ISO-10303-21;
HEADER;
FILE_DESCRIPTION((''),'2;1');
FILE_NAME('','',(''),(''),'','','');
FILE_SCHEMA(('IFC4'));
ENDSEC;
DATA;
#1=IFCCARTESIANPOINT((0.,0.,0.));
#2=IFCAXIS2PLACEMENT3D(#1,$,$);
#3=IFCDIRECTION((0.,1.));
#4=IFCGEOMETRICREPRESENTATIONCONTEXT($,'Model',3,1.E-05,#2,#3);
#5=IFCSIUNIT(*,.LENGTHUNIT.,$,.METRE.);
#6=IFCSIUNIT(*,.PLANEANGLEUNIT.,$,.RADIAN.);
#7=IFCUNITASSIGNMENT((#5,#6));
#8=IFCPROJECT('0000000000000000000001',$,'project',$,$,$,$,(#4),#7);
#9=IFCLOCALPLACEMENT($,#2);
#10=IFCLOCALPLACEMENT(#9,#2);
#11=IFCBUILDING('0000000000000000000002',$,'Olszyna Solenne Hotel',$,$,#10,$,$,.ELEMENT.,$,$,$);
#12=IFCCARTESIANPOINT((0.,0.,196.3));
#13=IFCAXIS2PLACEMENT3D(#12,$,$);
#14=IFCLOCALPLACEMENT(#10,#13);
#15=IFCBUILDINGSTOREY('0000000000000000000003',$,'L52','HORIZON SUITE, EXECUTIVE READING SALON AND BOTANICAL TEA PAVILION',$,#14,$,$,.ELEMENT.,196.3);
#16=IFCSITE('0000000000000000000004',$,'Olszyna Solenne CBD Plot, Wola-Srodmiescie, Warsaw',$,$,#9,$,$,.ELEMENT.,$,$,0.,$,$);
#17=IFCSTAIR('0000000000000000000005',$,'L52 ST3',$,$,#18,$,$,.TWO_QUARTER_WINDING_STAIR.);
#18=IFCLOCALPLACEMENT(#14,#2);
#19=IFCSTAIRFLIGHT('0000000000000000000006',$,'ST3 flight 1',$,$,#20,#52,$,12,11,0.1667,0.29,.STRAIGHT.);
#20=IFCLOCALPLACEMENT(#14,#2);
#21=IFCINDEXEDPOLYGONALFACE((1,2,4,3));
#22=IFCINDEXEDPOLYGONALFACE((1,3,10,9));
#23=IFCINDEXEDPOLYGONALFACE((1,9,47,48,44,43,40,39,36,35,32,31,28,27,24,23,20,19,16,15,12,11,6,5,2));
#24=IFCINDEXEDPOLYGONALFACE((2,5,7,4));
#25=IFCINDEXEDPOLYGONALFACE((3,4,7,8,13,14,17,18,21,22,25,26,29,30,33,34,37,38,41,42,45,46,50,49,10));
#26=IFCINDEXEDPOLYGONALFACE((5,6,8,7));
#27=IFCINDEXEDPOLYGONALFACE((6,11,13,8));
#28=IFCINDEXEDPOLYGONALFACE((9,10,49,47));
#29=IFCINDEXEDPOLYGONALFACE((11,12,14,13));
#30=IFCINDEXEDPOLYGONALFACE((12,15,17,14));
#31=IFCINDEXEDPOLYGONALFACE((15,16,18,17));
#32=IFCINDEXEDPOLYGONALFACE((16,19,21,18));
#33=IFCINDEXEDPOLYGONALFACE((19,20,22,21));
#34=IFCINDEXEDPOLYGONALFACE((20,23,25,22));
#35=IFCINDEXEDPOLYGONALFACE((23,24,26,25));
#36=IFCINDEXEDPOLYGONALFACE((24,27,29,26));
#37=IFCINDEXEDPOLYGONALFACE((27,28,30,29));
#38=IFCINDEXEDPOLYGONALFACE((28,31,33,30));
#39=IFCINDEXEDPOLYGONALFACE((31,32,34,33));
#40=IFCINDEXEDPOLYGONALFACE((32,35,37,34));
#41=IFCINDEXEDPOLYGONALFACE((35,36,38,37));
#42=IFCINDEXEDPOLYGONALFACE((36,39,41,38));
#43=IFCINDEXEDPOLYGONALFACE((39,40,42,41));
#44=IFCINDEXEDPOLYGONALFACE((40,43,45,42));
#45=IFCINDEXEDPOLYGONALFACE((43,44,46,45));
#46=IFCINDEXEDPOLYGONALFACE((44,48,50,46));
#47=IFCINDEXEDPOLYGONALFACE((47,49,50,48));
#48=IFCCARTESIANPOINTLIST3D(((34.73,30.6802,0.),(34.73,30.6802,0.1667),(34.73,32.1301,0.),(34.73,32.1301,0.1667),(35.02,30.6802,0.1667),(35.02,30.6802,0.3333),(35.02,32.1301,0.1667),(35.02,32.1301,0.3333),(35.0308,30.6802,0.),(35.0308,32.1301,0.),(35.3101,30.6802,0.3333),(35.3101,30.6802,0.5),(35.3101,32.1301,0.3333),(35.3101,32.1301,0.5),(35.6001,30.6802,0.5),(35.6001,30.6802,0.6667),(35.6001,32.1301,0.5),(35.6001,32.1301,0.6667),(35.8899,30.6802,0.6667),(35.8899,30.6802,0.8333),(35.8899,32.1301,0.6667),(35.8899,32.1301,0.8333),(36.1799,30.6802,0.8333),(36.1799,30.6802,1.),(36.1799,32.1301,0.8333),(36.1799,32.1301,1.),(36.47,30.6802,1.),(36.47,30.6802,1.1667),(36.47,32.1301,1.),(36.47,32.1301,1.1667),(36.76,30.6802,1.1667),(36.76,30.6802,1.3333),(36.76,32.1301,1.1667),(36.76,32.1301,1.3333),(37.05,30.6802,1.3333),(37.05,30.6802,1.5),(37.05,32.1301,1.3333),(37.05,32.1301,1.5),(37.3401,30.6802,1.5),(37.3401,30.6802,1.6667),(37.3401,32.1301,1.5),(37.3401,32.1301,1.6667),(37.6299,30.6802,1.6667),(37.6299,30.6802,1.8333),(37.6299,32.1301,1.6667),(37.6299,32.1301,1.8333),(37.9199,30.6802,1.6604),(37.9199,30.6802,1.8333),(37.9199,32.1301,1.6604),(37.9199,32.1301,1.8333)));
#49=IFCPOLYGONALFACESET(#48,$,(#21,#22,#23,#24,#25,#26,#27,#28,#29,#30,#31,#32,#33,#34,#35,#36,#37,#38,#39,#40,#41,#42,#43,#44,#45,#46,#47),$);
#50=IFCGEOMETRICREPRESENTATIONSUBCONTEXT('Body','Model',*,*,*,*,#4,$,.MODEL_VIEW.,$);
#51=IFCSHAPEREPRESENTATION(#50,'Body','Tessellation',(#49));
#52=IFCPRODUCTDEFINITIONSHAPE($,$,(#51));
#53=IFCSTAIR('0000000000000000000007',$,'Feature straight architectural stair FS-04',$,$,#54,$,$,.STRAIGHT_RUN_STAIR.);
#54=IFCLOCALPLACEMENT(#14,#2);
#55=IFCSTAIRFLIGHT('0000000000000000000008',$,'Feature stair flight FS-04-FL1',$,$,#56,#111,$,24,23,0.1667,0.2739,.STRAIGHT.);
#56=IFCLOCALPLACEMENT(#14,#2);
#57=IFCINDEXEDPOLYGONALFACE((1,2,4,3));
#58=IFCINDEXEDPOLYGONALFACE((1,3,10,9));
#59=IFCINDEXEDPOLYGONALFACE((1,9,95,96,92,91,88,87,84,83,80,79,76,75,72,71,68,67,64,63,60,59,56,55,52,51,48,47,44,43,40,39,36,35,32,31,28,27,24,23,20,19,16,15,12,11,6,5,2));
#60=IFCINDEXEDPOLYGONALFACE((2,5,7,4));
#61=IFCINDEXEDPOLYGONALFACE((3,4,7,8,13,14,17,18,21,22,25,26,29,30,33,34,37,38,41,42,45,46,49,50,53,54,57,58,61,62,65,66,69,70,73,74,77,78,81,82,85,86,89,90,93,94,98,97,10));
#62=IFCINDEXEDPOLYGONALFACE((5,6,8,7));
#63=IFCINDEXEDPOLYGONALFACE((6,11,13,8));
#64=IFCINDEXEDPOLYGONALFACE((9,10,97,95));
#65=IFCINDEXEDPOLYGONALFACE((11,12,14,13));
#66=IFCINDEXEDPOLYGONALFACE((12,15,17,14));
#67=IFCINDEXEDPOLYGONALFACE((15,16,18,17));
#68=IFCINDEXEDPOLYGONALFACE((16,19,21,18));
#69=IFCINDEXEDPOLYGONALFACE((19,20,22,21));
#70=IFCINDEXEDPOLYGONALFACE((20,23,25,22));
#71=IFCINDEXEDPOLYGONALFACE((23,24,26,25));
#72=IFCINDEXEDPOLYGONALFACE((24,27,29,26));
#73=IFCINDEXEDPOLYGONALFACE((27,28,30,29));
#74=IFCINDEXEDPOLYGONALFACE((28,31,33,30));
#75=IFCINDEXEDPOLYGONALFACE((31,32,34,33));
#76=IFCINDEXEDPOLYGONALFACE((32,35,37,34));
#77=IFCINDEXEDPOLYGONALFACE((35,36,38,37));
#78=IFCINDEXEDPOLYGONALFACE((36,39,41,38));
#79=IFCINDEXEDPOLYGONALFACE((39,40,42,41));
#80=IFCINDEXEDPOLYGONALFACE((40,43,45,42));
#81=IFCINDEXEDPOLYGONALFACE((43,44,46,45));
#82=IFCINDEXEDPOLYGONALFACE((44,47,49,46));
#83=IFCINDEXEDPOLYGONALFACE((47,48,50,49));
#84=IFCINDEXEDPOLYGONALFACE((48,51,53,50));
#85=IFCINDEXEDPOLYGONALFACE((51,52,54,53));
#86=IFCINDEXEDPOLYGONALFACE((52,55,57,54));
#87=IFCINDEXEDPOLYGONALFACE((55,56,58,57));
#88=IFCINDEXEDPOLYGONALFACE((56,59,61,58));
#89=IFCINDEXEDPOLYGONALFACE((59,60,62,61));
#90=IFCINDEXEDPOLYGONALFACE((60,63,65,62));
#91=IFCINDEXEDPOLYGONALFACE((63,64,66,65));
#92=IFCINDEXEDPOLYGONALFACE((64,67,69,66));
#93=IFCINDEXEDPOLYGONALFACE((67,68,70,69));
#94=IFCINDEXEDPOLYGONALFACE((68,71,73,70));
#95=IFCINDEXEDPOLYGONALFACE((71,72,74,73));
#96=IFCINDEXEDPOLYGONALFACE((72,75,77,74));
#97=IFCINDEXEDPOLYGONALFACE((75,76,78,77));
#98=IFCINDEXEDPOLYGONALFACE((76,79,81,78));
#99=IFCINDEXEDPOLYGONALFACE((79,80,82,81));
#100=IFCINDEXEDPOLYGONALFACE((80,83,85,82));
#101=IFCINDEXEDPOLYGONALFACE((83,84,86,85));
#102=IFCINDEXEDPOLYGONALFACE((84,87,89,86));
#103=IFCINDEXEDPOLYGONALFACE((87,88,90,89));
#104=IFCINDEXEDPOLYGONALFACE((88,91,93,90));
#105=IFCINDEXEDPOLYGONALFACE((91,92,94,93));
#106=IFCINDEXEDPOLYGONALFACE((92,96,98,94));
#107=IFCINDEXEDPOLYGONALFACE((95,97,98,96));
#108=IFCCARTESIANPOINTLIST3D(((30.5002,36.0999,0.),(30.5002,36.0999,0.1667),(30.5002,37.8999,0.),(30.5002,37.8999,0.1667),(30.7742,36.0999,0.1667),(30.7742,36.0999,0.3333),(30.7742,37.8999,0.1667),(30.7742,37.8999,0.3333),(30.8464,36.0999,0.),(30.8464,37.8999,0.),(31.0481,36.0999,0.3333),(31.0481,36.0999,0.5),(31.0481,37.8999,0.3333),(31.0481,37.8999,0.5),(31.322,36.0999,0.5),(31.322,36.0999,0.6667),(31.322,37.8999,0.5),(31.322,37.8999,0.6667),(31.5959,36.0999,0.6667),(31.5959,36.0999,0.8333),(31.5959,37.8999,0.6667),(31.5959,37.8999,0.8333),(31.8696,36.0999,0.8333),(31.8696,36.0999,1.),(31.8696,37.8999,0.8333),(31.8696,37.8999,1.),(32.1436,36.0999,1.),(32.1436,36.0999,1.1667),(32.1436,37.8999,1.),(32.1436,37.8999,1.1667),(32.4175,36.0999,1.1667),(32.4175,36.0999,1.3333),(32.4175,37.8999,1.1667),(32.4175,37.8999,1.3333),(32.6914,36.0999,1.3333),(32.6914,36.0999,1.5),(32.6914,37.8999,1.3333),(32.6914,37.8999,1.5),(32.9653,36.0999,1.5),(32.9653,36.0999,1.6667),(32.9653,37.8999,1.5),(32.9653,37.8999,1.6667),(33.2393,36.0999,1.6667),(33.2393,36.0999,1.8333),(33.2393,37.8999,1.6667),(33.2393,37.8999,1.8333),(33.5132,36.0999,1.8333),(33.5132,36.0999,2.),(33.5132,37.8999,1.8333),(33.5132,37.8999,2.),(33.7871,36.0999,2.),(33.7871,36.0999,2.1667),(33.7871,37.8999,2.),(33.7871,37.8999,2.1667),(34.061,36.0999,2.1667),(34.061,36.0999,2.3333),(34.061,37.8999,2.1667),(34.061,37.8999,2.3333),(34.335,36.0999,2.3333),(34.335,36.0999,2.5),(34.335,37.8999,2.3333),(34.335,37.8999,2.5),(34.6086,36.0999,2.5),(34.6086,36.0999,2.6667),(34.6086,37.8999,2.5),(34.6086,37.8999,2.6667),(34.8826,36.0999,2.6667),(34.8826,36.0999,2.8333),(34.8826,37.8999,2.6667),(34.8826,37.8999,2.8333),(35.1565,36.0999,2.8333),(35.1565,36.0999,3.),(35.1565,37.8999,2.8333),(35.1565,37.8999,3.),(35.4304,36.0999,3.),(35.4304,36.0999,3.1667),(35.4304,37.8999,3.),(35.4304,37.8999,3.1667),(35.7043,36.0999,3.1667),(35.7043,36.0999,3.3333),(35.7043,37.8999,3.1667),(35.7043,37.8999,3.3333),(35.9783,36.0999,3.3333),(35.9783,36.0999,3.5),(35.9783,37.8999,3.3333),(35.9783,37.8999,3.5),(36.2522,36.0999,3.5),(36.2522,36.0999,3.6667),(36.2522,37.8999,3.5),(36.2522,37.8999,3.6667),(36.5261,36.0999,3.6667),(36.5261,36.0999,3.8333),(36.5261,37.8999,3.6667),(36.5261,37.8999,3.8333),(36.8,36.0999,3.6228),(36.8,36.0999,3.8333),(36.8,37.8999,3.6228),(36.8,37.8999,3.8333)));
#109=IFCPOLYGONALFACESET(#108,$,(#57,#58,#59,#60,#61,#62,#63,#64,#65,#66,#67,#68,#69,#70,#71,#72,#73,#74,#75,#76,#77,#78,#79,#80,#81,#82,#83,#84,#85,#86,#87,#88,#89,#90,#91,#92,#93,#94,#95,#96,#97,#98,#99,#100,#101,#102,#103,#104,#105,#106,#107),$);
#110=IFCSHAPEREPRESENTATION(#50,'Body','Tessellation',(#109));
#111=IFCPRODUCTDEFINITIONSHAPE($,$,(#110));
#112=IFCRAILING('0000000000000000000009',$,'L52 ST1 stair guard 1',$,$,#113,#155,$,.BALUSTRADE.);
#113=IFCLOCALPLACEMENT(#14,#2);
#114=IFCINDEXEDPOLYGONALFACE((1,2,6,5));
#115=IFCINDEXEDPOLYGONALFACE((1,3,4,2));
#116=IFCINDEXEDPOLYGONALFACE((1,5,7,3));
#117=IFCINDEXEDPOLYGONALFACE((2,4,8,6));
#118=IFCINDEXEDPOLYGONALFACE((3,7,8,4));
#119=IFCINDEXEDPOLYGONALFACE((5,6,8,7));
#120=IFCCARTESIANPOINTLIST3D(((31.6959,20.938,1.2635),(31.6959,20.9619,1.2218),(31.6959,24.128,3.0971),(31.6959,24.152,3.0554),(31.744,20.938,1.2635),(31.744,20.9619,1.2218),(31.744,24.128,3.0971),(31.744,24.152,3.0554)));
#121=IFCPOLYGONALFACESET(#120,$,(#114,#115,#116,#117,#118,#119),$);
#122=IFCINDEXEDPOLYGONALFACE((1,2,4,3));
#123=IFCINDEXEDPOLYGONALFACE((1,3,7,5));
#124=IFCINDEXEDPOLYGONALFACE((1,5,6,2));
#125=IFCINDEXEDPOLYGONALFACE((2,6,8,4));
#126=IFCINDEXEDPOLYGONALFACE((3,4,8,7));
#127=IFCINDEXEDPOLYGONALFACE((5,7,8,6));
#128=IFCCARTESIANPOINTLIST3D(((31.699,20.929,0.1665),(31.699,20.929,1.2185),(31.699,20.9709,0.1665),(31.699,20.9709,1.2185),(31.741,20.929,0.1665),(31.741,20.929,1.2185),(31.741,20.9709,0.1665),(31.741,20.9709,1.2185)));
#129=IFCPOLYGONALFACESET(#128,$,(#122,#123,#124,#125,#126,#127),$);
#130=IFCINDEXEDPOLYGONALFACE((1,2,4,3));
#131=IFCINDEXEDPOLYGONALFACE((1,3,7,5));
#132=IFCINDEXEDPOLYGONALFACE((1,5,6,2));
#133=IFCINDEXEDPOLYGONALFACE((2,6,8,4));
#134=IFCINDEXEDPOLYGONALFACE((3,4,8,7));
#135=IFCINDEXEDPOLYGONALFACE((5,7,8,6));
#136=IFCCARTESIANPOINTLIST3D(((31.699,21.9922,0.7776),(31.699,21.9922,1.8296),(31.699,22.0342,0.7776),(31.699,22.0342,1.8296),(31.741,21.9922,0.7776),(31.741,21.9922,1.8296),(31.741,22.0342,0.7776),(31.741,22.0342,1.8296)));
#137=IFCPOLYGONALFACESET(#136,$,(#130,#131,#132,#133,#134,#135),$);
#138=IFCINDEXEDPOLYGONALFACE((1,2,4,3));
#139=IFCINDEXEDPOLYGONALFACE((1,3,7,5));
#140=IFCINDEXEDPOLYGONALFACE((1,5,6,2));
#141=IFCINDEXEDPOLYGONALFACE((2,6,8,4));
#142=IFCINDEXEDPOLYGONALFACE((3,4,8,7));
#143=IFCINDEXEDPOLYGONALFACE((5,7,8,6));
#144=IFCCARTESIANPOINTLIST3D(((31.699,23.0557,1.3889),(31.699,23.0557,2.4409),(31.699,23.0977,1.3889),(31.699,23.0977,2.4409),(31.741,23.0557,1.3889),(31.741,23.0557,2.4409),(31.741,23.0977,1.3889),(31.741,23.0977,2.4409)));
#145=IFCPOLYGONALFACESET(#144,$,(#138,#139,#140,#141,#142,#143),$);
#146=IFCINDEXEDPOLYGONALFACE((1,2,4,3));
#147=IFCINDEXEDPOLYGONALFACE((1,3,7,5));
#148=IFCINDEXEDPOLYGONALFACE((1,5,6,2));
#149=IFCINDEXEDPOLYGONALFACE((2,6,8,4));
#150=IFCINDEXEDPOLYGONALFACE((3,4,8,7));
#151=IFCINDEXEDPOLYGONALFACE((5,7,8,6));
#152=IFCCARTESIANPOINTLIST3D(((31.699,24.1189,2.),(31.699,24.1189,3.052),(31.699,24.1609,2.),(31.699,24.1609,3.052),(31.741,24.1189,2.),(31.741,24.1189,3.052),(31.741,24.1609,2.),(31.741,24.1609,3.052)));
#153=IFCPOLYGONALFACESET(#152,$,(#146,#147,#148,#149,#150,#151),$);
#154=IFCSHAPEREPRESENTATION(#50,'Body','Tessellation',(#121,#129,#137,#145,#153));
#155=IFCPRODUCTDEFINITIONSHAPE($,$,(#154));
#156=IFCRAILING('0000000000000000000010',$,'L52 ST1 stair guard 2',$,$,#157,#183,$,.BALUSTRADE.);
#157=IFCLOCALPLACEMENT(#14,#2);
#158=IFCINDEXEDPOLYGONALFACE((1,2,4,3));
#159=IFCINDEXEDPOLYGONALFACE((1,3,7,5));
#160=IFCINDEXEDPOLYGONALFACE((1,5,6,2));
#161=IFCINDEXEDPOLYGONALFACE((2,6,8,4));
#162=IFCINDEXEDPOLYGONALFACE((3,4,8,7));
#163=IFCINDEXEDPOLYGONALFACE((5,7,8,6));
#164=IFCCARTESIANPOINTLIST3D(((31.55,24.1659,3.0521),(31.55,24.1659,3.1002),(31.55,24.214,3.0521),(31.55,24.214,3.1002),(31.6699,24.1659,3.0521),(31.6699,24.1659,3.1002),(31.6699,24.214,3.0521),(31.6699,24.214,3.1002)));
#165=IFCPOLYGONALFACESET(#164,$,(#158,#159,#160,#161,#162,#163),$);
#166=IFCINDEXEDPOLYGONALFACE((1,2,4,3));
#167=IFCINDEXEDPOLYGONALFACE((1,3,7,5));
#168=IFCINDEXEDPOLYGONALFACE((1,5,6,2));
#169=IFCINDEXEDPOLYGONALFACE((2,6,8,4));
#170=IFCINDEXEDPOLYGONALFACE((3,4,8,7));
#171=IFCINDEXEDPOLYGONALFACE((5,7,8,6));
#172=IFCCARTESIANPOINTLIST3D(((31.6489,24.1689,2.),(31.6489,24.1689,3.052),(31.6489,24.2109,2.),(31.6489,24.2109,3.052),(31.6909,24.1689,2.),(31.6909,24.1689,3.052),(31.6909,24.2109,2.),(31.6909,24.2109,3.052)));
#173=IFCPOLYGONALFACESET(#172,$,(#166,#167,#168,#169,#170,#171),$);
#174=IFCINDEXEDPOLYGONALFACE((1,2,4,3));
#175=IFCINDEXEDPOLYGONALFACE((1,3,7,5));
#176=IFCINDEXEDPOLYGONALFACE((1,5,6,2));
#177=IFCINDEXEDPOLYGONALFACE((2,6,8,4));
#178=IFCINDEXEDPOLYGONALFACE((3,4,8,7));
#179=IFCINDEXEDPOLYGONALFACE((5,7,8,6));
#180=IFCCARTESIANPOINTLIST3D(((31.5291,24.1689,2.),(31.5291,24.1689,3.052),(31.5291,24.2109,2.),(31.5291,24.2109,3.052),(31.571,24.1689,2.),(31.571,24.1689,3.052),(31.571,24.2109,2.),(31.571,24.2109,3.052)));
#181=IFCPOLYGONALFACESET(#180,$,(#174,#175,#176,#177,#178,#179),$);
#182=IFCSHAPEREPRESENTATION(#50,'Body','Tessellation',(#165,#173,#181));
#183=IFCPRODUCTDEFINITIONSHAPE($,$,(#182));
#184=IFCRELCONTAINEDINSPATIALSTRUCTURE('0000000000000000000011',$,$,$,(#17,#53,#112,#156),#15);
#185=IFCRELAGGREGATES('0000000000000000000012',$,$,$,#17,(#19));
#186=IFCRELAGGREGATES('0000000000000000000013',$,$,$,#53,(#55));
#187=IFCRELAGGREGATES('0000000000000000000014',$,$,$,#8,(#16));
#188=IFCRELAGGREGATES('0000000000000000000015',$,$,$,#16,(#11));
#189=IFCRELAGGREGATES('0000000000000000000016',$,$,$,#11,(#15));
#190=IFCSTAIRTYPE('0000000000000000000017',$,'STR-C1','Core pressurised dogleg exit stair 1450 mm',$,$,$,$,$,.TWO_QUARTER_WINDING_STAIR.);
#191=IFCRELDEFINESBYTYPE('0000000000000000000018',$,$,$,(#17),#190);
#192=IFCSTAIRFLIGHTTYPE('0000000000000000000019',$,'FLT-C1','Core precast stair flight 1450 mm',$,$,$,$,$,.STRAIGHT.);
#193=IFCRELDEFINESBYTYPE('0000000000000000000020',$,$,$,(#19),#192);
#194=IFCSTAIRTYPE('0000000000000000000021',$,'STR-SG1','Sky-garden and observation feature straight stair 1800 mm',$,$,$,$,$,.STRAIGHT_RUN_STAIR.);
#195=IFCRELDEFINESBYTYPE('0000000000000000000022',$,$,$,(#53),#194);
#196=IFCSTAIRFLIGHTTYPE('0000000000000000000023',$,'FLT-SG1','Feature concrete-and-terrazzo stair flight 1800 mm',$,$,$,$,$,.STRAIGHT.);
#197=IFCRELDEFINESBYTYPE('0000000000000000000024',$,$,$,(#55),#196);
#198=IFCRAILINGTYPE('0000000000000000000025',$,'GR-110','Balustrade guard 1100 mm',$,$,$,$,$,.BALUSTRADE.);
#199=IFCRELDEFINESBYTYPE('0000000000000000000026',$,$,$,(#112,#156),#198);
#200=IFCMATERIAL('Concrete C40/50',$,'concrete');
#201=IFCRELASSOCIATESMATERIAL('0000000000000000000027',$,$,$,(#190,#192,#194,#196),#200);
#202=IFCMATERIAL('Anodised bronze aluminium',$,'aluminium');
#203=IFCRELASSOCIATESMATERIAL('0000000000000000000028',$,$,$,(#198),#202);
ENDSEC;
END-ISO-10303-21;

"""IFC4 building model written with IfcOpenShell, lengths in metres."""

from ifc_helpers import new_model, si_unit, direction, frame, origin, origin_2d, place, context, subcontext, project, spatial, polyline, rectangle, outline, extrude, material, type_object, element, aggregate, save


model = new_model("IFC4")

# Units and contexts
model_context = context("Model", 3, precision=1e-05, world=origin(), true_north=direction((0.0, 1.0)))
body_context = subcontext(model_context, "Body", "Model", "MODEL_VIEW")
ifc_project = project(units=[si_unit("LENGTHUNIT", "METRE"), si_unit("PLANEANGLEUNIT", "RADIAN")], contexts=[model_context])

# Site, building, storey
site_placement = place(None, origin())
site = spatial("IfcSite", under=ifc_project, at=site_placement, Name="Olszyna Solenne CBD Plot, Wola-Srodmiescie, Warsaw", CompositionType="ELEMENT", RefElevation=0.0)
building_placement = place(site_placement, origin())
building = spatial("IfcBuilding", under=site, at=building_placement, Name="Olszyna Solenne Hotel", CompositionType="ELEMENT")
storey_placement = place(building_placement, frame((0.0, 0.0, 196.3)))
storey = spatial("IfcBuildingStorey", under=building, at=storey_placement, Name="L52", Description="HORIZON SUITE, EXECUTIVE READING SALON AND BOTANICAL TEA PAVILION", CompositionType="ELEMENT", Elevation=196.3)

# Shared definitions
ifc_material_1 = material(Name="Concrete C40/50", Category="concrete")
stair_type_1 = type_object("IfcStairType", Name="STR-C1", Description="Core pressurised dogleg exit stair 1450 mm", PredefinedType="TWO_QUARTER_WINDING_STAIR", material=ifc_material_1)
stair_flight_type_1 = type_object("IfcStairFlightType", Name="FLT-C1", Description="Core precast stair flight 1450 mm", PredefinedType="STRAIGHT", material=ifc_material_1)

# Stairs, stair flights
stair_1_placement = place(storey_placement, origin())
stair_1 = element("IfcStair", 1, at=stair_1_placement, inside=storey, type_object=stair_type_1, Name="L52 ST3", PredefinedType="TWO_QUARTER_WINDING_STAIR")
stair_flight_1_placement = place(storey_placement, frame((34.73, 31.405, 0.0), z_axis=(0.0, 0.0, 1.0), x_axis=(1.0, 0.0, 0.0)))
stair_flight_1 = element("IfcStairFlight", 2, at=stair_flight_1_placement, type_object=stair_flight_type_1, Name="ST3 flight 1", NumberOfRisers=12, NumberOfTreads=11, PredefinedType="STRAIGHT", RiserHeight=0.1667, TreadLength=0.29, context=body_context, shape_type="SweptSolid", body=[
    extrude(outline(polyline([(0.0, 0.0), (0.0, 0.1667), (0.29, 0.1667), (0.29, 0.3333), (0.5801, 0.3333), (0.5801, 0.5), (0.8701, 0.5), (0.8701, 0.6667), (1.1599, 0.6667), (1.1599, 0.8333), (1.45, 0.8333), (1.45, 1.0), (1.74, 1.0), (1.74, 1.1667), (2.03, 1.1667), (2.03, 1.3333), (2.3201, 1.3333), (2.3201, 1.5), (2.6101, 1.5), (2.6101, 1.6667), (2.8999, 1.6667), (2.8999, 1.8333), (3.1899, 1.8333), (3.1899, 2.0), (3.1899, 1.6604), (0.3008, 0.0), (0.0, 0.0)])), frame((0.0, 0.7251, 0.0), z_axis=(0.0, -1.0, 0.0), x_axis=(1.0, 0.0, 0.0)), (0.0, 0.0, 1.0), 1.45),
])
aggregate(stair_1, [stair_flight_1])
stair_type_2 = type_object("IfcStairType", Name="STR-SG1", Description="Sky-garden and observation feature straight stair 1800 mm", PredefinedType="STRAIGHT_RUN_STAIR", material=ifc_material_1)
stair_2_placement = place(storey_placement, origin())
stair_2 = element("IfcStair", 3, at=stair_2_placement, inside=storey, type_object=stair_type_2, Name="Feature straight architectural stair FS-04", PredefinedType="STRAIGHT_RUN_STAIR")
stair_flight_type_2 = type_object("IfcStairFlightType", Name="FLT-SG1", Description="Feature concrete-and-terrazzo stair flight 1800 mm", PredefinedType="STRAIGHT", material=ifc_material_1)
stair_flight_2_placement = place(storey_placement, frame((30.5002, 37.0, 0.0), z_axis=(0.0, 0.0, 1.0), x_axis=(1.0, 0.0, 0.0)))
stair_flight_2 = element("IfcStairFlight", 4, at=stair_flight_2_placement, type_object=stair_flight_type_2, Name="Feature stair flight FS-04-FL1", NumberOfRisers=24, NumberOfTreads=23, PredefinedType="STRAIGHT", RiserHeight=0.1667, TreadLength=0.2739, context=body_context, shape_type="SweptSolid", body=[
    extrude(outline(polyline([(0.0, 0.0), (0.0, 0.1667), (0.2739, 0.1667), (0.2739, 0.3333), (0.5479, 0.3333), (0.5479, 0.5), (0.8218, 0.5), (0.8218, 0.6667), (1.0957, 0.6667), (1.0957, 0.8333), (1.3694, 0.8333), (1.3694, 1.0), (1.6433, 1.0), (1.6433, 1.1667), (1.9172, 1.1667), (1.9172, 1.3333), (2.1912, 1.3333), (2.1912, 1.5), (2.4651, 1.5), (2.4651, 1.6667), (2.739, 1.6667), (2.739, 1.8333), (3.0129, 1.8333), (3.0129, 2.0), (3.2869, 2.0), (3.2869, 2.1667), (3.5608, 2.1667), (3.5608, 2.3333), (3.8347, 2.3333), (3.8347, 2.5), (4.1084, 2.5), (4.1084, 2.6667), (4.3823, 2.6667), (4.3823, 2.8333), (4.6562, 2.8333), (4.6562, 3.0), (4.9302, 3.0), (4.9302, 3.1667), (5.2041, 3.1667), (5.2041, 3.3333), (5.478, 3.3333), (5.478, 3.5), (5.752, 3.5), (5.752, 3.6667), (6.0259, 3.6667), (6.0259, 3.8333), (6.2998, 3.8333), (6.2998, 4.0), (6.2998, 3.6228), (0.3462, 0.0), (0.0, 0.0)])), frame((0.0, 0.8999, 0.0), z_axis=(0.0, -1.0, 0.0), x_axis=(1.0, 0.0, 0.0)), (0.0, 0.0, 1.0), 1.8),
])
aggregate(stair_2, [stair_flight_2])

# Railings
ifc_material_2 = material(Name="Anodised bronze aluminium", Category="aluminium")
railing_type_1 = type_object("IfcRailingType", Name="GR-110", Description="Balustrade guard 1100 mm", PredefinedType="BALUSTRADE", material=ifc_material_2)
railing_1_placement = place(storey_placement, frame((31.72, 20.95, 0.1665)))
element("IfcRailing", 5, at=railing_1_placement, inside=storey, type_object=railing_type_1, Name="L52 ST1 stair guard 1", PredefinedType="BALUSTRADE", context=body_context, shape_type="SweptSolid", body=[
    extrude(rectangle(XDim=0.0481, YDim=0.0481, at=origin_2d()), frame((0.0, 0.0, 1.0762), z_axis=(0.0, 0.866991, 0.498324), x_axis=(-1.0, 0.0, 0.0)), (0.0, 0.0, 1.0), 3.6794),
    extrude(rectangle(XDim=0.042, YDim=0.042, at=origin_2d()), origin(), (0.0, 0.0, 1.0), 1.052),
    extrude(rectangle(XDim=0.042, YDim=0.042, at=origin_2d()), frame((0.0, 1.0632, 0.6111)), (0.0, 0.0, 1.0), 1.052),
    extrude(rectangle(XDim=0.042, YDim=0.042, at=origin_2d()), frame((0.0, 2.1267, 1.2224)), (0.0, 0.0, 1.0), 1.052),
    extrude(rectangle(XDim=0.042, YDim=0.042, at=origin_2d()), frame((0.0, 3.1899, 1.8335)), (0.0, 0.0, 1.0), 1.052),
])
railing_2_placement = place(storey_placement, frame((31.6699, 24.1899, 2.0)))
element("IfcRailing", 6, at=railing_2_placement, inside=storey, type_object=railing_type_1, Name="L52 ST1 stair guard 2", PredefinedType="BALUSTRADE", context=body_context, shape_type="SweptSolid", body=[
    extrude(rectangle(XDim=0.0481, YDim=0.0481, at=origin_2d()), frame((0.0, 0.0, 1.0762), z_axis=(-1.0, 0.0, 0.0), x_axis=(0.0, -1.0, 0.0)), (0.0, 0.0, 1.0), 0.1199),
    extrude(rectangle(XDim=0.042, YDim=0.042, at=origin_2d()), origin(), (0.0, 0.0, 1.0), 1.052),
    extrude(rectangle(XDim=0.042, YDim=0.042, at=origin_2d()), frame((-0.1199, 0.0, 0.0)), (0.0, 0.0, 1.0), 1.052),
])

save(model, "model.ifc")
